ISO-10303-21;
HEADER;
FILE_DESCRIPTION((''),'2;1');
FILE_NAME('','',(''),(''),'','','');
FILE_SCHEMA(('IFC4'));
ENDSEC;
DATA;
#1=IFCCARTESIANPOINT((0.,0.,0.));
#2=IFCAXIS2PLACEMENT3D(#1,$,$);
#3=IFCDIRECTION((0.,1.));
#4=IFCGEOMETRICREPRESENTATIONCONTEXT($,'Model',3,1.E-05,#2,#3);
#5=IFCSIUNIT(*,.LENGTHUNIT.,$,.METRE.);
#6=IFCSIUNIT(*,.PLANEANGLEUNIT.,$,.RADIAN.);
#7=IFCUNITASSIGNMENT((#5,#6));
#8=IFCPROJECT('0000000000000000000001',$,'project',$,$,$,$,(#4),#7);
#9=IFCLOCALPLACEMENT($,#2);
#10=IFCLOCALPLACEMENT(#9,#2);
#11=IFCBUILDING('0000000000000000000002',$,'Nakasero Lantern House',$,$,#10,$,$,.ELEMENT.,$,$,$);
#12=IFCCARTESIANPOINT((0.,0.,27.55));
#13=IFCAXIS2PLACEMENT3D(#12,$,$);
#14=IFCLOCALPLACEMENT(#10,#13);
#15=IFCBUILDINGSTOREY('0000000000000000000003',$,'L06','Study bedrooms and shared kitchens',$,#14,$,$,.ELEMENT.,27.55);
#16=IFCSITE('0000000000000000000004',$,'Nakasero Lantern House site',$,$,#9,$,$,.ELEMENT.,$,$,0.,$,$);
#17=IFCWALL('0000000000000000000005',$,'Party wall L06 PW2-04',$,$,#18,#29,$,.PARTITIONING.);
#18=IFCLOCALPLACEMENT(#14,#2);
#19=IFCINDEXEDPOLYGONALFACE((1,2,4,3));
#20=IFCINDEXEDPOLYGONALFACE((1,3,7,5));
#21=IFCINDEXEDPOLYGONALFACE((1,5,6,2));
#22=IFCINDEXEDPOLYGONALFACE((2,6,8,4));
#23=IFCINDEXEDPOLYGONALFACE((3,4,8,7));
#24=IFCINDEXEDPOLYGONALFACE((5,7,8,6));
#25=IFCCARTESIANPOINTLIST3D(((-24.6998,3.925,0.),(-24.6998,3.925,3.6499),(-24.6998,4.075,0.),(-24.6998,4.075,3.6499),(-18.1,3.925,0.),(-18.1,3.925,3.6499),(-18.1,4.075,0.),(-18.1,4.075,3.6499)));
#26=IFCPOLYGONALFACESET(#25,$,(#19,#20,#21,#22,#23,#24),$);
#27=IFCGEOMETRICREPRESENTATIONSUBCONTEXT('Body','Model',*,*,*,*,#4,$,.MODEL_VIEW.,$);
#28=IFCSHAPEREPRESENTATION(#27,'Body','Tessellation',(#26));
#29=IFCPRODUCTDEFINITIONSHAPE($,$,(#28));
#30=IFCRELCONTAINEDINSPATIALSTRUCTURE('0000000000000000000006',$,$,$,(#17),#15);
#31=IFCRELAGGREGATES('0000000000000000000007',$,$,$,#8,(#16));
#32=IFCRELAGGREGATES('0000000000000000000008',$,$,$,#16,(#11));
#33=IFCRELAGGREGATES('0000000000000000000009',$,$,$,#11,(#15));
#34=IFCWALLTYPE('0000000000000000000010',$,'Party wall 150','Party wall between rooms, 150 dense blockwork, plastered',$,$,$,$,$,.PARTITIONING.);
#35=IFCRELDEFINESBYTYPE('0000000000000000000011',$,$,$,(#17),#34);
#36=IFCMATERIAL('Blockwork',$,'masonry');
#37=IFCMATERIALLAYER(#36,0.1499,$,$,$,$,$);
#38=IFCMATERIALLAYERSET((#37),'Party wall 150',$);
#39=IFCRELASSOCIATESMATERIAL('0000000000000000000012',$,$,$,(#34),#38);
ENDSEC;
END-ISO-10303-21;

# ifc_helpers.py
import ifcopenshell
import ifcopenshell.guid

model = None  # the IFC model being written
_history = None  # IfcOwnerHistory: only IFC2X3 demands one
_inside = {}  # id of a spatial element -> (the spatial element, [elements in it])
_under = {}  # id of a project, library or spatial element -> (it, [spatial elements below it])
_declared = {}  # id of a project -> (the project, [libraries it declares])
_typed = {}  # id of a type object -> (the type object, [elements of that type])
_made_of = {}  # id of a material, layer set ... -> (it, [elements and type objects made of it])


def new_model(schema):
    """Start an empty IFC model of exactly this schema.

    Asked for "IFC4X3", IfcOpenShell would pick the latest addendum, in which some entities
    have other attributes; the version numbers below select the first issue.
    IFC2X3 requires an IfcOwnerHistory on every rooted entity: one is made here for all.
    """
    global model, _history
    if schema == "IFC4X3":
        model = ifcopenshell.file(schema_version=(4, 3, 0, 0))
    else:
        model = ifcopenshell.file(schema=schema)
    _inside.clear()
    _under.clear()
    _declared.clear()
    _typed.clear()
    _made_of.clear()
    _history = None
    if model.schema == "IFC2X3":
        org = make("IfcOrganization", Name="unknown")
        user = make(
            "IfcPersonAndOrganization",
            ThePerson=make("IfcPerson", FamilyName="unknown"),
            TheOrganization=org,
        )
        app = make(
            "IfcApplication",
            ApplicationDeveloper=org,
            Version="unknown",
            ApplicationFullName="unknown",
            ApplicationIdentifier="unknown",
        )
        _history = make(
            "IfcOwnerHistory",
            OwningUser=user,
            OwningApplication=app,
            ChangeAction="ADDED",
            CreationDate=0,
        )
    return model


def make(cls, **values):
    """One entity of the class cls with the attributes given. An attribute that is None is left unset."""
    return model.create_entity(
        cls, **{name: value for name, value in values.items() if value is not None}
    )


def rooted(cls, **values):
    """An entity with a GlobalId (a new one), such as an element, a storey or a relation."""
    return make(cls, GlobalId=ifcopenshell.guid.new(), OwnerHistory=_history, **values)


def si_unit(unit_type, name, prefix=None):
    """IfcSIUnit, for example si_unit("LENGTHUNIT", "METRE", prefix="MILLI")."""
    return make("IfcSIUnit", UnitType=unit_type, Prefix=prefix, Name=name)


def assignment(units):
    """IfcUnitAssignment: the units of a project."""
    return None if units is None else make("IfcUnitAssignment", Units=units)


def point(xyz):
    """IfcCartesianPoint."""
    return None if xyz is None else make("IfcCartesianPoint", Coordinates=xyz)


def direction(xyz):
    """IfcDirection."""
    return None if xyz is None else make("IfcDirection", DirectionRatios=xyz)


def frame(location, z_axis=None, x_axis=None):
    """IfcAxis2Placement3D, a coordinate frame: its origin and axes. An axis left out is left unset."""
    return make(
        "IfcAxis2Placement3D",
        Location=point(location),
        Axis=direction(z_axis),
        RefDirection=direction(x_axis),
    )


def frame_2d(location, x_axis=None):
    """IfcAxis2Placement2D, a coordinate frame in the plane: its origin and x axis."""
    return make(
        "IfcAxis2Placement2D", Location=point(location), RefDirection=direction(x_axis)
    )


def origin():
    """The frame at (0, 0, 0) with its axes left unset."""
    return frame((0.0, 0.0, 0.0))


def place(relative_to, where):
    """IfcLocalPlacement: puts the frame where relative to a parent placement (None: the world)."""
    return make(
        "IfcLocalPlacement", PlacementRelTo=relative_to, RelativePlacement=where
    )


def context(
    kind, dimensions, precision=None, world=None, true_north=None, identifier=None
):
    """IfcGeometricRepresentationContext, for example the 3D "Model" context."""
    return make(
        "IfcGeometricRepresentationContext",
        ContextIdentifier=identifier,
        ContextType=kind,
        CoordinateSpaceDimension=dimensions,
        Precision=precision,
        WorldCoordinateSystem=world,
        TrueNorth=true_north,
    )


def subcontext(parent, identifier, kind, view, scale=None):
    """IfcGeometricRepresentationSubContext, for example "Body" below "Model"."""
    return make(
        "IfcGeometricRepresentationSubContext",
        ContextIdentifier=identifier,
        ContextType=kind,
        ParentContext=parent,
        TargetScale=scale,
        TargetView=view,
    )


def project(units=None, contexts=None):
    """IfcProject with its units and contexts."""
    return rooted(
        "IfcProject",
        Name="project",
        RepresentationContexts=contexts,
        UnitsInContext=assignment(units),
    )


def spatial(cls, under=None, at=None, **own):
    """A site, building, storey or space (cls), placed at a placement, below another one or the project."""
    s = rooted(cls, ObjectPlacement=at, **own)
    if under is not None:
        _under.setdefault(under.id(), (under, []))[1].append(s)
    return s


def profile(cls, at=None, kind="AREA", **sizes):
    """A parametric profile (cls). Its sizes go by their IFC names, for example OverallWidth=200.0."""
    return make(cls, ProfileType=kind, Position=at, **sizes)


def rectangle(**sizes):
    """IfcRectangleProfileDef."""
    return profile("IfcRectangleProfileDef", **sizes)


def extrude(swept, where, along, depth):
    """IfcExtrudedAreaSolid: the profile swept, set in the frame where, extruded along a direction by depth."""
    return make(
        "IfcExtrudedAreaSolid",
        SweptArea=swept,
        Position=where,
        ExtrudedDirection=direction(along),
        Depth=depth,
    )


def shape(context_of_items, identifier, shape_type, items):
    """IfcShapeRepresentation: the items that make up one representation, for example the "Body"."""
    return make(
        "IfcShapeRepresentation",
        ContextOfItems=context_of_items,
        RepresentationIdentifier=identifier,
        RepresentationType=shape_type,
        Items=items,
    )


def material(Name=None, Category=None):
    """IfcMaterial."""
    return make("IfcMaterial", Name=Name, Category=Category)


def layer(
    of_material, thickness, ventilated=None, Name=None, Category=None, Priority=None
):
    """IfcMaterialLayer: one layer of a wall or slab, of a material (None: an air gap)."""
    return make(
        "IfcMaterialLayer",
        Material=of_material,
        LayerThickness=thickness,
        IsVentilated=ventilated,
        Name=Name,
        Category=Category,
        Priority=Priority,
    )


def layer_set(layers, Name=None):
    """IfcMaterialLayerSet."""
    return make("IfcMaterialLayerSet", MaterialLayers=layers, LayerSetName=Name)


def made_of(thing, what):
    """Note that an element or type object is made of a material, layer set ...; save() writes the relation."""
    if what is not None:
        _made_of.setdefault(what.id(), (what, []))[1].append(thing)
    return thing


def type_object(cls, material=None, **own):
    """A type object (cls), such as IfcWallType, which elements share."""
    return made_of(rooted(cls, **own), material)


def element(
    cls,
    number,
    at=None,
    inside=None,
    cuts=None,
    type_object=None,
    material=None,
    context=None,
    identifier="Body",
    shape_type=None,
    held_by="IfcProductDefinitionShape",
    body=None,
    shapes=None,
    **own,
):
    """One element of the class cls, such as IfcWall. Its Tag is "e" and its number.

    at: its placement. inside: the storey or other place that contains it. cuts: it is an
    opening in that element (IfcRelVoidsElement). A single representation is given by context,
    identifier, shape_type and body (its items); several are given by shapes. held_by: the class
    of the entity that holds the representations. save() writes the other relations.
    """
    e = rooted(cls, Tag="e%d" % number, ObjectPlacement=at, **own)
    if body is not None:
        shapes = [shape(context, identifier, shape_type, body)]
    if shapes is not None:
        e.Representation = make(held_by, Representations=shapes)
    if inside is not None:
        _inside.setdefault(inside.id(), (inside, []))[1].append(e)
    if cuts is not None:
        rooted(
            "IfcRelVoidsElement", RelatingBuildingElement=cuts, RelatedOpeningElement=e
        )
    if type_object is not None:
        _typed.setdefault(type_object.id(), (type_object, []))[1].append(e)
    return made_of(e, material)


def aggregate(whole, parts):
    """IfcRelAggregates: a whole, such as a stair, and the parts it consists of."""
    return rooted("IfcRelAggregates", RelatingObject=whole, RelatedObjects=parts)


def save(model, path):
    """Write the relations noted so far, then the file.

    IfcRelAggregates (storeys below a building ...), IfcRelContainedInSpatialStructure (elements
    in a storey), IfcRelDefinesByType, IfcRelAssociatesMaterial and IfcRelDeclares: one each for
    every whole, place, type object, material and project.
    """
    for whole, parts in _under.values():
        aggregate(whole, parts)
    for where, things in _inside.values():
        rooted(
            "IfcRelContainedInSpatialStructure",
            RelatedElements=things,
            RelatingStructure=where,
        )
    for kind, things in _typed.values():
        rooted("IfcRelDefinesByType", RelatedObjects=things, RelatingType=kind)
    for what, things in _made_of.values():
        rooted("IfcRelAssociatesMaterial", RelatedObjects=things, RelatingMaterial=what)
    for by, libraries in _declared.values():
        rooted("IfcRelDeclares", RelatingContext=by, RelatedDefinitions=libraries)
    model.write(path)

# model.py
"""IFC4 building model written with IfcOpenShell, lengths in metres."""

from ifc_helpers import new_model, si_unit, direction, frame, frame_2d, origin, place, context, subcontext, project, spatial, rectangle, extrude, material, layer, layer_set, type_object, element, save


model = new_model("IFC4")

# Units and contexts
model_context = context("Model", 3, precision=1e-05, world=origin(), true_north=direction((0.0, 1.0)))
body_context = subcontext(model_context, "Body", "Model", "MODEL_VIEW")
ifc_project = project(units=[si_unit("LENGTHUNIT", "METRE"), si_unit("PLANEANGLEUNIT", "RADIAN")], contexts=[model_context])

# Site, building, storey
site_placement = place(None, origin())
site = spatial("IfcSite", under=ifc_project, at=site_placement, Name="Nakasero Lantern House site", CompositionType="ELEMENT", RefElevation=0.0)
building_placement = place(site_placement, origin())
building = spatial("IfcBuilding", under=site, at=building_placement, Name="Nakasero Lantern House", CompositionType="ELEMENT")
storey_placement = place(building_placement, frame((0.0, 0.0, 27.55)))
storey = spatial("IfcBuildingStorey", under=building, at=storey_placement, Name="L06", Description="Study bedrooms and shared kitchens", CompositionType="ELEMENT", Elevation=27.55)

# Wall
ifc_material_1 = material(Name="Blockwork", Category="masonry")
ifc_layer_1 = layer(ifc_material_1, 0.1499)
ifc_layer_set_1 = layer_set([ifc_layer_1], Name="Party wall 150")
wall_type_1 = type_object("IfcWallType", Name="Party wall 150", Description="Party wall between rooms, 150 dense blockwork, plastered", PredefinedType="PARTITIONING", material=ifc_layer_set_1)
wall_1_placement = place(storey_placement, frame((-18.1001, 4.0, 0.0), z_axis=(0.0, 0.0, 1.0), x_axis=(-1.0, 0.0, 0.0)))
element("IfcWall", 1, at=wall_1_placement, inside=storey, type_object=wall_type_1, Name="Party wall L06 PW2-04", PredefinedType="PARTITIONING", context=body_context, shape_type="SweptSolid", body=[
    extrude(rectangle(XDim=6.5999, YDim=0.1499, at=frame_2d((3.2998, 0.0))), origin(), (0.0, 0.0, 1.0), 3.6499),
])

save(model, "model.ifc")
